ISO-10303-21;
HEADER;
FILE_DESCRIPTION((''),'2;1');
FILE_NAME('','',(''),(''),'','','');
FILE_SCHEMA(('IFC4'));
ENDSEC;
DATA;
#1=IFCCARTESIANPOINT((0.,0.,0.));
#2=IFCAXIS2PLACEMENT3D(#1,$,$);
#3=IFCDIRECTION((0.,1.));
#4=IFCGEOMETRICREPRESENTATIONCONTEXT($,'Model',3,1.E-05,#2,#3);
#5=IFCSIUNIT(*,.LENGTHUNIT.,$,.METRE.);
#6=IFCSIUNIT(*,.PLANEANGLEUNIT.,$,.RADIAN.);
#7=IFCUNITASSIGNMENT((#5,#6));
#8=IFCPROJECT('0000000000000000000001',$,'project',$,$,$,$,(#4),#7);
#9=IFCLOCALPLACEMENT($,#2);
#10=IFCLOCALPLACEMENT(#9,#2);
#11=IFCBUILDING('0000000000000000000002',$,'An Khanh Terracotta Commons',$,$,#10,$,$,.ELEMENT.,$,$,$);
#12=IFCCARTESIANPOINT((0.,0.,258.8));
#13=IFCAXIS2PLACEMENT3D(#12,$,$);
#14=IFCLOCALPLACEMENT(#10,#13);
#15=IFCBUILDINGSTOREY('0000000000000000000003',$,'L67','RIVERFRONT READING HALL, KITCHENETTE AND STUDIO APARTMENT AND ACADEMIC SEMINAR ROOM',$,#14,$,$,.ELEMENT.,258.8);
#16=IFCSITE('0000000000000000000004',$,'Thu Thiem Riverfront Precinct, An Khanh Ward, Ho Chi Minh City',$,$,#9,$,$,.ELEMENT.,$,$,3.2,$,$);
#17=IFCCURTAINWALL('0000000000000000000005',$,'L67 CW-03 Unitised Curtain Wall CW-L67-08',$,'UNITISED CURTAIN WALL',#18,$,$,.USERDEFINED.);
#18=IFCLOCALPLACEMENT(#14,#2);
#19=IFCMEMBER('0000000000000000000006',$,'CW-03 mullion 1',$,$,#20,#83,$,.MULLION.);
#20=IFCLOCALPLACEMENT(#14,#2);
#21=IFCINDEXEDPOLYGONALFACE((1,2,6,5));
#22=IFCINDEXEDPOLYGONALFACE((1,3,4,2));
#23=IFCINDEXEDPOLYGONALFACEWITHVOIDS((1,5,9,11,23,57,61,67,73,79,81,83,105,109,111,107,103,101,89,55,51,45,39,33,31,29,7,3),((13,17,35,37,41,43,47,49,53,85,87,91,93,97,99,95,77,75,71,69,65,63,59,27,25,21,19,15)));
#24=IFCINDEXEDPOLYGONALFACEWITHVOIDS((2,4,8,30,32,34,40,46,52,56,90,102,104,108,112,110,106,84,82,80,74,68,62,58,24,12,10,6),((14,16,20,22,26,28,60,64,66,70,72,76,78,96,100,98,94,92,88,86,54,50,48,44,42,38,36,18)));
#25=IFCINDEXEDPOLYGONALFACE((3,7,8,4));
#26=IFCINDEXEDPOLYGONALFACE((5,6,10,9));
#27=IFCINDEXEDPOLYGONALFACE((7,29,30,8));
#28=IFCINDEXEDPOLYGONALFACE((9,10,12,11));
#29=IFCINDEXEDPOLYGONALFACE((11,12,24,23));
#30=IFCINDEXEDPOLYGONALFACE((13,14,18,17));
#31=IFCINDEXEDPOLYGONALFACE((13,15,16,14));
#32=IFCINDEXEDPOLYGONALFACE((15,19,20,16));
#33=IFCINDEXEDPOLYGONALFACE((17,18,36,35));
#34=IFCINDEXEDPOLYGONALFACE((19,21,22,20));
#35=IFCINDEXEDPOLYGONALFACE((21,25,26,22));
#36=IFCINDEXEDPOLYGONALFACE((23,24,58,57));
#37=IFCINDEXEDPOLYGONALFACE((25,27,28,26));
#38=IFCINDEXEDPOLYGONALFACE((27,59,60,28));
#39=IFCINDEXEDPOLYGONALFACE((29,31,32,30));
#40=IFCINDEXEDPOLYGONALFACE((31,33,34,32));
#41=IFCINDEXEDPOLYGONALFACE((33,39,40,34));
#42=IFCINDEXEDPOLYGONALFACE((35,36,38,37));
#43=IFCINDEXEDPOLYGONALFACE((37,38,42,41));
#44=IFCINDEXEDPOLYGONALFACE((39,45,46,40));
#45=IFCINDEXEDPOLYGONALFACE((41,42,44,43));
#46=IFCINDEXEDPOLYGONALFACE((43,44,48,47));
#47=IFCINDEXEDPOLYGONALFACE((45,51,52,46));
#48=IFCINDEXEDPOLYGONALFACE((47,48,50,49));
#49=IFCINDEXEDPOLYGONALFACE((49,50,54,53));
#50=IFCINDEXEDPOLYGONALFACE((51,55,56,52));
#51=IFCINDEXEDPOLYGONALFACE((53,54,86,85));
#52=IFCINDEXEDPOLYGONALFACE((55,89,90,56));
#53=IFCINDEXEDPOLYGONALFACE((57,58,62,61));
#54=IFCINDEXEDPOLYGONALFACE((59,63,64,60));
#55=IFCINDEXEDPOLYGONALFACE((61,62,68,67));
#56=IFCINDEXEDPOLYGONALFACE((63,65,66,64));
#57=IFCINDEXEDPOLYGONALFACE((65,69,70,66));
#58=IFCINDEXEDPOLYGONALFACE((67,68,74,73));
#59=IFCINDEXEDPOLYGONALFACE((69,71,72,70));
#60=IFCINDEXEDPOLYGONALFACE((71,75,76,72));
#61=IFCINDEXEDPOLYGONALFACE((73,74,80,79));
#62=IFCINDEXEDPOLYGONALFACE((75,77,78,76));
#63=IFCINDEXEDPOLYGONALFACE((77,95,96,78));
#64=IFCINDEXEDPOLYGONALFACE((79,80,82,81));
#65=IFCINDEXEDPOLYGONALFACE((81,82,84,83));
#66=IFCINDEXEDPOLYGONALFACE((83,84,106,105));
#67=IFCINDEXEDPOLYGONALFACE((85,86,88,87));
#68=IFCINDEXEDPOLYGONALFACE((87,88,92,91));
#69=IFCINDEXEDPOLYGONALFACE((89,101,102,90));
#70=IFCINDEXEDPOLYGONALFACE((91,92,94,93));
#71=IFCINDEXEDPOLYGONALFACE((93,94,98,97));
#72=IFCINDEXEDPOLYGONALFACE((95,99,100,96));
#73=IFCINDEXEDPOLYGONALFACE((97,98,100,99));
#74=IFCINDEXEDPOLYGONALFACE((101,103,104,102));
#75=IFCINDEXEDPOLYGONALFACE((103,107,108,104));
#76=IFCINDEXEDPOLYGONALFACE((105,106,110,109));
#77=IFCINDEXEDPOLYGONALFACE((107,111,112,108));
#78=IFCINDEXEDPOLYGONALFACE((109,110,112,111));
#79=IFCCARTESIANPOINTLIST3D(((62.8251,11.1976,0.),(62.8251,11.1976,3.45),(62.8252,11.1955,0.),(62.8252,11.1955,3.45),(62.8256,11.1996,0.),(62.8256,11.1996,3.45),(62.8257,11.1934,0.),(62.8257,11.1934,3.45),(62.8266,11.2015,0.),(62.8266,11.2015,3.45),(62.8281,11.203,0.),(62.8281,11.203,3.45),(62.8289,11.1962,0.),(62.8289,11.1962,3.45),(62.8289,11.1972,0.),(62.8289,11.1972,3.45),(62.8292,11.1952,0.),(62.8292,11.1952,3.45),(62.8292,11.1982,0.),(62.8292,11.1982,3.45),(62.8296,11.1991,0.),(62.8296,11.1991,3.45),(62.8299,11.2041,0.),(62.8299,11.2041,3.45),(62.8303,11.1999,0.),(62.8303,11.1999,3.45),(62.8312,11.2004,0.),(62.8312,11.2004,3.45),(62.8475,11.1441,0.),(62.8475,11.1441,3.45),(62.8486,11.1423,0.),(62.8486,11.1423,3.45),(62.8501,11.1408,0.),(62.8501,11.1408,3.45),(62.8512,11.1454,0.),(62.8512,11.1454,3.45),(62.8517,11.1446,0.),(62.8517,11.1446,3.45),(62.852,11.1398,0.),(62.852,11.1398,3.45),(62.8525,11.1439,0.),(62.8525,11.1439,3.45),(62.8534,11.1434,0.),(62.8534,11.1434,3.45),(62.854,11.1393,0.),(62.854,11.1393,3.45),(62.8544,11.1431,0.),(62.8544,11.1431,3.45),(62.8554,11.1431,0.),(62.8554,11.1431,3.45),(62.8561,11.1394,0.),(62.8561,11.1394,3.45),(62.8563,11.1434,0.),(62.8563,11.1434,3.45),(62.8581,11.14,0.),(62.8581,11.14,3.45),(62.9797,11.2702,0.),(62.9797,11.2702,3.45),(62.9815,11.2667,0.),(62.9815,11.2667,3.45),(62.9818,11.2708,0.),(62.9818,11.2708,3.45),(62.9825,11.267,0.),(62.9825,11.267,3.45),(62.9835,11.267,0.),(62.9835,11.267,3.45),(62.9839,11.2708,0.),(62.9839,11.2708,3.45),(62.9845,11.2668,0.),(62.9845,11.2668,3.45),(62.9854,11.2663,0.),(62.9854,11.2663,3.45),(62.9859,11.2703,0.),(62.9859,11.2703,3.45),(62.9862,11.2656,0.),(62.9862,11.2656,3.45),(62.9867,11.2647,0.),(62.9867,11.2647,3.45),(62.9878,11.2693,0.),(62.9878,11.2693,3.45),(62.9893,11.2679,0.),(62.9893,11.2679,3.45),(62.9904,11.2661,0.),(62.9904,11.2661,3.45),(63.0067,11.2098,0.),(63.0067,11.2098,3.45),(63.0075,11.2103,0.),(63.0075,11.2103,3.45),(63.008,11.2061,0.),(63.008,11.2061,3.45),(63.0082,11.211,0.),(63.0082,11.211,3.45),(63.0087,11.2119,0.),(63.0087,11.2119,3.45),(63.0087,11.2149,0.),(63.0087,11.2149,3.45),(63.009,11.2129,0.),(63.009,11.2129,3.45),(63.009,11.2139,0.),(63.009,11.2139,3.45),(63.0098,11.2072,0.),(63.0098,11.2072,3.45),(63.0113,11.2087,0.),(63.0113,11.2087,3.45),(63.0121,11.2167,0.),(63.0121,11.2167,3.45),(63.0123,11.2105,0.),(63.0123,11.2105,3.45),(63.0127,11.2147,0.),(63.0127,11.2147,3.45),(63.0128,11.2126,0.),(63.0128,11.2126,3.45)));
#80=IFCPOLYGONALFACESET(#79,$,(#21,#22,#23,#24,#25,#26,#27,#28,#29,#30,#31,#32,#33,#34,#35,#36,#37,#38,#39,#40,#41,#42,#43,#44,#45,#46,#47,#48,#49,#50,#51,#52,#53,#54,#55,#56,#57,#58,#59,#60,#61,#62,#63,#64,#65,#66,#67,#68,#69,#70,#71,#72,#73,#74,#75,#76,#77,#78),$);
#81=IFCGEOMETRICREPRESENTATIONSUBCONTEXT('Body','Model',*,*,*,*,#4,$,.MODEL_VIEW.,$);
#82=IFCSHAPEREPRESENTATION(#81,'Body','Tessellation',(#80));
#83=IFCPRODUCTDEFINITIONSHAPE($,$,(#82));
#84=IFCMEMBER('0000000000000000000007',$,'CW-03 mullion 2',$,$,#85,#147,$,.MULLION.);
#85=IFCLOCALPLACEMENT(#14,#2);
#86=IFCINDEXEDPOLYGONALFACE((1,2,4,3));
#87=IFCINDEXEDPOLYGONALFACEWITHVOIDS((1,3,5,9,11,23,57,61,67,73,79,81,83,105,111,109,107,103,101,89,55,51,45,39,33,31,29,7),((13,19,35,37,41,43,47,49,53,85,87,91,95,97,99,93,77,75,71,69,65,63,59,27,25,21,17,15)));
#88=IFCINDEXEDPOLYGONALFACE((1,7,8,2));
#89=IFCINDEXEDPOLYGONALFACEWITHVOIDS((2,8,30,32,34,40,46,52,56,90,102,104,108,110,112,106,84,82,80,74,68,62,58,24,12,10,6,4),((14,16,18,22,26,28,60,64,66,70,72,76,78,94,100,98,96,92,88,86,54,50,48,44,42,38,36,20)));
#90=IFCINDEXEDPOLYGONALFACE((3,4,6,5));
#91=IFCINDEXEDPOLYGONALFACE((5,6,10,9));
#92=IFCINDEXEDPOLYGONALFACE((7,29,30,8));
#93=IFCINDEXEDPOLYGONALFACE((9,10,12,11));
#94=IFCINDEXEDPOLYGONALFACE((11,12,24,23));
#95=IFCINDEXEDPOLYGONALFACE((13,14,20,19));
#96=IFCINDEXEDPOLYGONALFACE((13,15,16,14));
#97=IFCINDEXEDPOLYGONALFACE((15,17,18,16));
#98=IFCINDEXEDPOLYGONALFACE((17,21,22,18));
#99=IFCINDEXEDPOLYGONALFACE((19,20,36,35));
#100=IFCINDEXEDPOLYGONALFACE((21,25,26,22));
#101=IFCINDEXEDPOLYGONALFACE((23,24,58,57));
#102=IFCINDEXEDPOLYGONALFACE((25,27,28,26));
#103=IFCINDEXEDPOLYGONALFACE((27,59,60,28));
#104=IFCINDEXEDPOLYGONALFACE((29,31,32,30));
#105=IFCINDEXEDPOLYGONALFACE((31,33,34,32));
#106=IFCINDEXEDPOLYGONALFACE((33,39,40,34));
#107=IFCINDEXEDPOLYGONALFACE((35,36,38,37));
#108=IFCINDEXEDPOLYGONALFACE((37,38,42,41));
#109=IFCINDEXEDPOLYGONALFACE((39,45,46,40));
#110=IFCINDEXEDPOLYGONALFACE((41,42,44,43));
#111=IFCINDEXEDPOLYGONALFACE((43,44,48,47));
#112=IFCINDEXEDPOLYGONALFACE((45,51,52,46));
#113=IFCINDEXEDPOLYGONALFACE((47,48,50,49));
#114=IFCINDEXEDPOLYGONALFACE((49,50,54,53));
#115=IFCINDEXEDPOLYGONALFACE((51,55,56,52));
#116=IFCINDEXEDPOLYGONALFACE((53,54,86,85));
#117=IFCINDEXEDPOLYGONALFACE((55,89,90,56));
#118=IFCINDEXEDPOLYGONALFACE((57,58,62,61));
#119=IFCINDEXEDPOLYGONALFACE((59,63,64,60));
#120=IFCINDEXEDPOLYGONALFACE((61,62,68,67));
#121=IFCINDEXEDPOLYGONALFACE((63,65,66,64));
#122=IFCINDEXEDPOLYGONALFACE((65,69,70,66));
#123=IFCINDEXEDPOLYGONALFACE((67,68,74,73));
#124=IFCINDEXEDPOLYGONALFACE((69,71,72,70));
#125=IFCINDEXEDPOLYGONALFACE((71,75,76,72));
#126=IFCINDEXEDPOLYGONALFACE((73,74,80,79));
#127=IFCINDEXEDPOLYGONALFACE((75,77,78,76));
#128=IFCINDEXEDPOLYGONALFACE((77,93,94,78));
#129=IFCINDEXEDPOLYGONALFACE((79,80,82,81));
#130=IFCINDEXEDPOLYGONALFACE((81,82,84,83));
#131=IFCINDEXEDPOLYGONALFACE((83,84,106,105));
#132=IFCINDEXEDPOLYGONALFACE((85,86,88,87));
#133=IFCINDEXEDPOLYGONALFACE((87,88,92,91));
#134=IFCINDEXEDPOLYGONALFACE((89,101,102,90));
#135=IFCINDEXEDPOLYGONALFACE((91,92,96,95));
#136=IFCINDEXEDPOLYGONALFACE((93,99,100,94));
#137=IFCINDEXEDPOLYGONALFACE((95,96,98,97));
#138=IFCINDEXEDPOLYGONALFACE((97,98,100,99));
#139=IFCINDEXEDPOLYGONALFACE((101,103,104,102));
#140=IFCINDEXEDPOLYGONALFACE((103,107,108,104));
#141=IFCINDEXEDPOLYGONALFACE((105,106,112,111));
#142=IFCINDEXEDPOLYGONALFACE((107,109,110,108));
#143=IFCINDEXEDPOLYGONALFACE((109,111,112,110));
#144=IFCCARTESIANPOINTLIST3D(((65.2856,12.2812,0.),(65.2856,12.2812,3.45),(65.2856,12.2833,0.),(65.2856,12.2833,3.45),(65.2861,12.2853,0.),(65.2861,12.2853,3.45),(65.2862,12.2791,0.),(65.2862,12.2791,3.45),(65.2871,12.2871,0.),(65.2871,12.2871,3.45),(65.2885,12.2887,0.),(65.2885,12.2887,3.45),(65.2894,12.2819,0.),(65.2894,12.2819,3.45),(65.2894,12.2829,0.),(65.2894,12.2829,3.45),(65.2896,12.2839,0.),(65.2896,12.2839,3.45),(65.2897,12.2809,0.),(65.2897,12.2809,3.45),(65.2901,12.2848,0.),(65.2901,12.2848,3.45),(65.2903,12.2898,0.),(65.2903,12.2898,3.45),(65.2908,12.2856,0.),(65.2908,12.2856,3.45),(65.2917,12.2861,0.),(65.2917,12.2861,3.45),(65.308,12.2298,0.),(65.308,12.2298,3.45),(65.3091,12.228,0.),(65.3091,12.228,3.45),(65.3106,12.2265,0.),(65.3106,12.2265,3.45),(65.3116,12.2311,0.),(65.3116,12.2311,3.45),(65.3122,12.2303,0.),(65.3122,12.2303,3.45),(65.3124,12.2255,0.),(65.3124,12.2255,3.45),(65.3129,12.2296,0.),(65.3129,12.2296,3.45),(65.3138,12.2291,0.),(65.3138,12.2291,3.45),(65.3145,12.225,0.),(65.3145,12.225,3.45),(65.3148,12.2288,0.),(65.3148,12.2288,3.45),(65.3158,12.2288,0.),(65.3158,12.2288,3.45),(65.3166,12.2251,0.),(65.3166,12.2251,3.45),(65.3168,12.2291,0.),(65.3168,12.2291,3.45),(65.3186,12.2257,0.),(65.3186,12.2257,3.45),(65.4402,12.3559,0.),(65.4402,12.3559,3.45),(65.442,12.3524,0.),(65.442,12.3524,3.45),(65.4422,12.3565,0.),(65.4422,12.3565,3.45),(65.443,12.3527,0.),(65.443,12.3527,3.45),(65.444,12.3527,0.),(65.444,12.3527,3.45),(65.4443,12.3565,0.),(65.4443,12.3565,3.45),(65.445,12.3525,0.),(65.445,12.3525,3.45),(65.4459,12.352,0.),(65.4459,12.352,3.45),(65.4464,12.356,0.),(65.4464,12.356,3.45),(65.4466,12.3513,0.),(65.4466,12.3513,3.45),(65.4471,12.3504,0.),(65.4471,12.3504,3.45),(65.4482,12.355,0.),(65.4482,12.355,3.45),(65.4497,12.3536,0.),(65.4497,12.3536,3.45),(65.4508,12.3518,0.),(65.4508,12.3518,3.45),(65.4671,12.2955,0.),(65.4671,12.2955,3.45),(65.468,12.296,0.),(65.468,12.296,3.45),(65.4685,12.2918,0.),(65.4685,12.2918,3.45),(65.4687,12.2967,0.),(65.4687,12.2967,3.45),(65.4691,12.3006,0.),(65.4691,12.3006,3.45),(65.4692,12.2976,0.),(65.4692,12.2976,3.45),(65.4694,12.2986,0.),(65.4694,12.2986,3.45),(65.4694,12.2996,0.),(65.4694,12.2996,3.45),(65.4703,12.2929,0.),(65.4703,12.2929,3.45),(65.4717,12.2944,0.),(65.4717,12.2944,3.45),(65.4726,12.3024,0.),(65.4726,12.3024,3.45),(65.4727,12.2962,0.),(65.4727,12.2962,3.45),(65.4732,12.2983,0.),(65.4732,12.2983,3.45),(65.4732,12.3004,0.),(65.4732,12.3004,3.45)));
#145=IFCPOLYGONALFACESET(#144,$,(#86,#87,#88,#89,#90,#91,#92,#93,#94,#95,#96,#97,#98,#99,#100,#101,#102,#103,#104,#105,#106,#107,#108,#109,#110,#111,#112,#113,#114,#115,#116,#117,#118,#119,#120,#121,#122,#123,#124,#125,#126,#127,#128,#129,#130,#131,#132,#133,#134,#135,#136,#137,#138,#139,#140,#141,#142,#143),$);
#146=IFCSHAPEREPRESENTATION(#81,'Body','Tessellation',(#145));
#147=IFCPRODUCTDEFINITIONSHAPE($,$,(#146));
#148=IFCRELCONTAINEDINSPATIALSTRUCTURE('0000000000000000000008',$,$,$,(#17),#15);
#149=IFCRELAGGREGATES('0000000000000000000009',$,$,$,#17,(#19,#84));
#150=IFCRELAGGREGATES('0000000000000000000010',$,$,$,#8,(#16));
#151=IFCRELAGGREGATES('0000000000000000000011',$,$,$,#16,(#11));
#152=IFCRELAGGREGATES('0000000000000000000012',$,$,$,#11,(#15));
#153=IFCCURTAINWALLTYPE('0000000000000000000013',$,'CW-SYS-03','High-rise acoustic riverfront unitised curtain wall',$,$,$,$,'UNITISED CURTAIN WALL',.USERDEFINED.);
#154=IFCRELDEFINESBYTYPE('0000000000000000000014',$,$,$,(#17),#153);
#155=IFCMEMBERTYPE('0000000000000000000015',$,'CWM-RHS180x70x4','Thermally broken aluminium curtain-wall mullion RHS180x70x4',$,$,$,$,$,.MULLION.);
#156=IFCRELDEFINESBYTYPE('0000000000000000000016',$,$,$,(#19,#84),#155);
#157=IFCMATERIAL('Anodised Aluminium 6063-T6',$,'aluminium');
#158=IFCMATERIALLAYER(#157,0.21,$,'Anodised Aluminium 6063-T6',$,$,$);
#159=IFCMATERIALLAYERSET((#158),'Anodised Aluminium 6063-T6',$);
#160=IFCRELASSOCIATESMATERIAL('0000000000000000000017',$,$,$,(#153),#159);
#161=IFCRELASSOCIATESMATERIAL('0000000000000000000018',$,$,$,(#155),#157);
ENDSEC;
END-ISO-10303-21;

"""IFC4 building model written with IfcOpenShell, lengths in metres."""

from ifc_helpers import new_model, si_unit, direction, frame, origin, origin_2d, place, context, subcontext, project, spatial, hollow_rectangle, extrude, material, layer, layer_set, material_profile, profile_set, type_object, element, aggregate, save


model = new_model("IFC4")

# Units and contexts
model_context = context("Model", 3, precision=1e-05, world=origin(), true_north=direction((0.0, 1.0)))
body_context = subcontext(model_context, "Body", "Model", "MODEL_VIEW")
ifc_project = project(units=[si_unit("LENGTHUNIT", "METRE"), si_unit("PLANEANGLEUNIT", "RADIAN")], contexts=[model_context])

# Site, building, storey
site_placement = place(None, origin())
site = spatial("IfcSite", under=ifc_project, at=site_placement, Name="Thu Thiem Riverfront Precinct, An Khanh Ward, Ho Chi Minh City", CompositionType="ELEMENT", RefElevation=3.2)
building_placement = place(site_placement, origin())
building = spatial("IfcBuilding", under=site, at=building_placement, Name="An Khanh Terracotta Commons", CompositionType="ELEMENT")
storey_placement = place(building_placement, frame((0.0, 0.0, 258.8)))
storey = spatial("IfcBuildingStorey", under=building, at=storey_placement, Name="L67", Description="RIVERFRONT READING HALL, KITCHENETTE AND STUDIO APARTMENT AND ACADEMIC SEMINAR ROOM", CompositionType="ELEMENT", Elevation=258.8)

# Curtain wall, members
ifc_material_1 = material(Name="Anodised Aluminium 6063-T6", Category="aluminium")
ifc_layer_1 = layer(ifc_material_1, 0.21, Name="Anodised Aluminium 6063-T6")
ifc_layer_set_1 = layer_set([ifc_layer_1], Name="Anodised Aluminium 6063-T6")
curtain_wall_type = type_object("IfcCurtainWallType", Name="CW-SYS-03", Description="High-rise acoustic riverfront unitised curtain wall", ElementType="UNITISED CURTAIN WALL", PredefinedType="USERDEFINED", material=ifc_layer_set_1)
curtain_wall_placement = place(storey_placement, origin())
curtain_wall = element("IfcCurtainWall", 1, at=curtain_wall_placement, inside=storey, type_object=curtain_wall_type, Name="L67 CW-03 Unitised Curtain Wall CW-L67-08", ObjectType="UNITISED CURTAIN WALL", PredefinedType="USERDEFINED")
ifc_material_profile_1 = material_profile(ifc_material_1, hollow_rectangle(XDim=0.0701, YDim=0.1799, WallThickness=0.0039, InnerFilletRadius=0.0039, OuterFilletRadius=0.0081, at=origin_2d()), Name="RHS180x70x4")
ifc_profile_set_1 = profile_set([ifc_material_profile_1], Name="Anodised Aluminium 6063-T6")
member_type_1 = type_object("IfcMemberType", Name="CWM-RHS180x70x4", Description="Thermally broken aluminium curtain-wall mullion RHS180x70x4", PredefinedType="MULLION", material=ifc_profile_set_1)
member_1_placement = place(storey_placement, frame((62.9189, 11.2051, 0.0), z_axis=(0.0, 0.0, 1.0), x_axis=(-0.403676, 0.914902, 0.0)))
member_1 = element("IfcMember", 2, at=member_1_placement, type_object=member_type_1, Name="CW-03 mullion 1", PredefinedType="MULLION", context=body_context, shape_type="SweptSolid", body=[
    extrude(hollow_rectangle(XDim=0.0701, YDim=0.1799, WallThickness=0.0039, InnerFilletRadius=0.0039, OuterFilletRadius=0.0081, at=origin_2d()), origin(), (0.0, 0.0, 1.0), 3.45),
])
member_2_placement = place(storey_placement, frame((65.3794, 12.2908, 0.0), z_axis=(0.0, 0.0, 1.0), x_axis=(-0.403676, 0.914902, 0.0)))
member_2 = element("IfcMember", 3, at=member_2_placement, type_object=member_type_1, Name="CW-03 mullion 2", PredefinedType="MULLION", context=body_context, shape_type="SweptSolid", body=[
    extrude(hollow_rectangle(XDim=0.0701, YDim=0.1799, WallThickness=0.0039, InnerFilletRadius=0.0039, OuterFilletRadius=0.0081, at=origin_2d()), origin(), (0.0, 0.0, 1.0), 3.45),
])
aggregate(curtain_wall, [member_1, member_2])

save(model, "model.ifc")
